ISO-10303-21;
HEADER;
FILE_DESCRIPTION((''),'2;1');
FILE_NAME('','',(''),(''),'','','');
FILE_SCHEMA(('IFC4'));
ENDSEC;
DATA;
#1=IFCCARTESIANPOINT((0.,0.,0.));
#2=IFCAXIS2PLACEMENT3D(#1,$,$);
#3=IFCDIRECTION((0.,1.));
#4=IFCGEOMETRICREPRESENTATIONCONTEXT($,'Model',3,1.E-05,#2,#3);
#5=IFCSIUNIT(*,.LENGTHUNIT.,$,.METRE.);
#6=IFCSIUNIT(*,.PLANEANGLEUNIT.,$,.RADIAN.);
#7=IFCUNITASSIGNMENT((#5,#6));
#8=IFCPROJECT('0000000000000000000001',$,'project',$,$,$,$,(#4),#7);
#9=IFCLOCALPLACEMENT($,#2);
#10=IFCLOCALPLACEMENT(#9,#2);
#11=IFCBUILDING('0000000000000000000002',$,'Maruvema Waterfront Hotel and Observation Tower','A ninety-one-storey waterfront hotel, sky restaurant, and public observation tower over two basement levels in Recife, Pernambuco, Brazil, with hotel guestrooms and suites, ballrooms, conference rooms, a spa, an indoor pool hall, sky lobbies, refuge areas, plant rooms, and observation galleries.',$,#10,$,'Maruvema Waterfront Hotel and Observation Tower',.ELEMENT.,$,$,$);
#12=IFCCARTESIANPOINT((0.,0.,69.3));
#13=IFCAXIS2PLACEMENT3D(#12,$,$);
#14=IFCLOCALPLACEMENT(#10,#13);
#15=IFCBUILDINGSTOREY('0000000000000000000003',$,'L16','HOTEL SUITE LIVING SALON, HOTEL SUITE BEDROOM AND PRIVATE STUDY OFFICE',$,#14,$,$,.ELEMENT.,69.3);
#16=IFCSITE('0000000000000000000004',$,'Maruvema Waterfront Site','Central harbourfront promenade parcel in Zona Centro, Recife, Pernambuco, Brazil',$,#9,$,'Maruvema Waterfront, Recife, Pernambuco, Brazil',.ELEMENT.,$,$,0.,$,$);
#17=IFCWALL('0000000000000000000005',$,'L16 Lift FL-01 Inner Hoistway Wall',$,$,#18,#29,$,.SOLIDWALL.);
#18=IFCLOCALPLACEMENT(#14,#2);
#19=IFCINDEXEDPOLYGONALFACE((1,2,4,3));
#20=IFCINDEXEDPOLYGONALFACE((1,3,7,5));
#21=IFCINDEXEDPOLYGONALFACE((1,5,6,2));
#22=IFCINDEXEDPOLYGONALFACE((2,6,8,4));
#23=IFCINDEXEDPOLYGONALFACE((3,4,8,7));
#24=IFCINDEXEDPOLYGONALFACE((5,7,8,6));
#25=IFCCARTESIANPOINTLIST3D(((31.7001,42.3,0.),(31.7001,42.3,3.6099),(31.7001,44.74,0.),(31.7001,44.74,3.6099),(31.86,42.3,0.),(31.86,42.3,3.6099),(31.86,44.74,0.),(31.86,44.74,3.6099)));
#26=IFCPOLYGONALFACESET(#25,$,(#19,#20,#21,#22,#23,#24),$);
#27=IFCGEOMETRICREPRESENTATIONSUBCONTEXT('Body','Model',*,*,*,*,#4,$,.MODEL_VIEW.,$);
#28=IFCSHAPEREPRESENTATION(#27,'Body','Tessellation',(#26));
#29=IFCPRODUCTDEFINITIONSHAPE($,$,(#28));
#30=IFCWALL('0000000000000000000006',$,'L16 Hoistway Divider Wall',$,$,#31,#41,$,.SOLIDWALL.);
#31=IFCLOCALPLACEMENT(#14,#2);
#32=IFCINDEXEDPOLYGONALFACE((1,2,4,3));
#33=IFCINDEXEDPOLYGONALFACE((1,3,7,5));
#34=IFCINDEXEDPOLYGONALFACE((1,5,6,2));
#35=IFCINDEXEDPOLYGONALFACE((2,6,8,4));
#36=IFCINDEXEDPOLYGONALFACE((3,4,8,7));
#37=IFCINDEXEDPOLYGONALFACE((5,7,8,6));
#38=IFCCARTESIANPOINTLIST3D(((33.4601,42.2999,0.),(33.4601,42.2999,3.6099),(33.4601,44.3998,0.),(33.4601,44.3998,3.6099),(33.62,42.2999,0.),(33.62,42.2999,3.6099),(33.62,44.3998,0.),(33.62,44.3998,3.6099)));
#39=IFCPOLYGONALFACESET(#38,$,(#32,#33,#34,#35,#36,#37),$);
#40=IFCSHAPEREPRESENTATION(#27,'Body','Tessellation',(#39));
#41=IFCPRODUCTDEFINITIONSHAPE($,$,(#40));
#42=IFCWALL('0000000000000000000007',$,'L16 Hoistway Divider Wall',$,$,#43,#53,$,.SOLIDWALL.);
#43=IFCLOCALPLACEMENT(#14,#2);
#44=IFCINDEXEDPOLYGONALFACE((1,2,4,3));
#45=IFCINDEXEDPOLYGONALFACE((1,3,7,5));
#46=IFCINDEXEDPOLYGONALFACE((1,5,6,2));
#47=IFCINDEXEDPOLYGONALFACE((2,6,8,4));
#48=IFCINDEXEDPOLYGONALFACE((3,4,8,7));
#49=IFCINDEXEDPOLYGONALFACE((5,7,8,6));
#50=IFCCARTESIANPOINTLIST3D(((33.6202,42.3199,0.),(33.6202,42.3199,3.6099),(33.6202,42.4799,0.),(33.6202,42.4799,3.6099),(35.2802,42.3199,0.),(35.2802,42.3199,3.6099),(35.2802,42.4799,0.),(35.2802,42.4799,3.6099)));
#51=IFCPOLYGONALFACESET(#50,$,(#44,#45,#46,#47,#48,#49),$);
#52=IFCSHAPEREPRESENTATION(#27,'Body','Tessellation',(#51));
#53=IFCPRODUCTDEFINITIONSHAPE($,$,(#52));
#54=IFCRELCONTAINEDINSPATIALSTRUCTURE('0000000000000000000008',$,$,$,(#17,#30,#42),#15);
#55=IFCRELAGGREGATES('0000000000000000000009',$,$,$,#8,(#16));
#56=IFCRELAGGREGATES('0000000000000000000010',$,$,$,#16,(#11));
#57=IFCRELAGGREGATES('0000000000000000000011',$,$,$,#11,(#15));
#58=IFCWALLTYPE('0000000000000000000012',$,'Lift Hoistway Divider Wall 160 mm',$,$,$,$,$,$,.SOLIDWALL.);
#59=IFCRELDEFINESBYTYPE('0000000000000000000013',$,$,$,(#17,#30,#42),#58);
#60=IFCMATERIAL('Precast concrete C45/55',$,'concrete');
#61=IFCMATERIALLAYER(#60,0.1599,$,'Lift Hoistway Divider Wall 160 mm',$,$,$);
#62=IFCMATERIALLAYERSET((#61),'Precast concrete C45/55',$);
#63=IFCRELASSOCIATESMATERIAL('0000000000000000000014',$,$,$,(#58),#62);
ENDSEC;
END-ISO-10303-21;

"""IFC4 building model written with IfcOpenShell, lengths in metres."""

from ifc_helpers import new_model, si_unit, direction, frame, frame_2d, origin, place, context, subcontext, project, spatial, rectangle, extrude, material, layer, layer_set, type_object, element, save


model = new_model("IFC4")

# Units and contexts
model_context = context("Model", 3, precision=1e-05, world=origin(), true_north=direction((0.0, 1.0)))
body_context = subcontext(model_context, "Body", "Model", "MODEL_VIEW")
ifc_project = project(units=[si_unit("LENGTHUNIT", "METRE"), si_unit("PLANEANGLEUNIT", "RADIAN")], contexts=[model_context])

# Site, building, storey
site_placement = place(None, origin())
site = spatial("IfcSite", under=ifc_project, at=site_placement, Name="Maruvema Waterfront Site", Description="Central harbourfront promenade parcel in Zona Centro, Recife, Pernambuco, Brazil", LongName="Maruvema Waterfront, Recife, Pernambuco, Brazil", CompositionType="ELEMENT", RefElevation=0.0)
building_placement = place(site_placement, origin())
building = spatial("IfcBuilding", under=site, at=building_placement, Name="Maruvema Waterfront Hotel and Observation Tower", Description="A ninety-one-storey waterfront hotel, sky restaurant, and public observation tower over two basement levels in Recife, Pernambuco, Brazil, with hotel guestrooms and suites, ballrooms, conference rooms, a spa, an indoor pool hall, sky lobbies, refuge areas, plant rooms, and observation galleries.", LongName="Maruvema Waterfront Hotel and Observation Tower", CompositionType="ELEMENT")
storey_placement = place(building_placement, frame((0.0, 0.0, 69.3)))
storey = spatial("IfcBuildingStorey", under=building, at=storey_placement, Name="L16", Description="HOTEL SUITE LIVING SALON, HOTEL SUITE BEDROOM AND PRIVATE STUDY OFFICE", CompositionType="ELEMENT", Elevation=69.3)

# Walls
ifc_material_1 = material(Name="Precast concrete C45/55", Category="concrete")
ifc_layer_1 = layer(ifc_material_1, 0.1599, Name="Lift Hoistway Divider Wall 160 mm")
ifc_layer_set_1 = layer_set([ifc_layer_1], Name="Precast concrete C45/55")
wall_type_1 = type_object("IfcWallType", Name="Lift Hoistway Divider Wall 160 mm", PredefinedType="SOLIDWALL", material=ifc_layer_set_1)
wall_1_placement = place(storey_placement, frame((31.78, 42.3, 0.0), z_axis=(0.0, 0.0, 1.0), x_axis=(0.0, 1.0, 0.0)))
element("IfcWall", 1, at=wall_1_placement, inside=storey, type_object=wall_type_1, Name="L16 Lift FL-01 Inner Hoistway Wall", PredefinedType="SOLIDWALL", context=body_context, shape_type="SweptSolid", body=[
    extrude(rectangle(XDim=2.4399, YDim=0.1599, at=frame_2d((1.22, 0.0))), origin(), (0.0, 0.0, 1.0), 3.6099),
])
wall_2_placement = place(storey_placement, frame((33.54, 42.3, 0.0), z_axis=(0.0, 0.0, 1.0), x_axis=(0.0, 1.0, 0.0)))
element("IfcWall", 2, at=wall_2_placement, inside=storey, type_object=wall_type_1, Name="L16 Hoistway Divider Wall", PredefinedType="SOLIDWALL", context=body_context, shape_type="SweptSolid", body=[
    extrude(rectangle(XDim=2.0999, YDim=0.1599, at=frame_2d((1.0498, 0.0))), origin(), (0.0, 0.0, 1.0), 3.6099),
])
wall_3_placement = place(storey_placement, frame((33.6201, 42.3999, 0.0), z_axis=(0.0, 0.0, 1.0), x_axis=(1.0, 0.0, 0.0)))
element("IfcWall", 3, at=wall_3_placement, inside=storey, type_object=wall_type_1, Name="L16 Hoistway Divider Wall", PredefinedType="SOLIDWALL", context=body_context, shape_type="SweptSolid", body=[
    extrude(rectangle(XDim=1.6599, YDim=0.1599, at=frame_2d((0.8301, 0.0))), origin(), (0.0, 0.0, 1.0), 3.6099),
])

save(model, "model.ifc")
